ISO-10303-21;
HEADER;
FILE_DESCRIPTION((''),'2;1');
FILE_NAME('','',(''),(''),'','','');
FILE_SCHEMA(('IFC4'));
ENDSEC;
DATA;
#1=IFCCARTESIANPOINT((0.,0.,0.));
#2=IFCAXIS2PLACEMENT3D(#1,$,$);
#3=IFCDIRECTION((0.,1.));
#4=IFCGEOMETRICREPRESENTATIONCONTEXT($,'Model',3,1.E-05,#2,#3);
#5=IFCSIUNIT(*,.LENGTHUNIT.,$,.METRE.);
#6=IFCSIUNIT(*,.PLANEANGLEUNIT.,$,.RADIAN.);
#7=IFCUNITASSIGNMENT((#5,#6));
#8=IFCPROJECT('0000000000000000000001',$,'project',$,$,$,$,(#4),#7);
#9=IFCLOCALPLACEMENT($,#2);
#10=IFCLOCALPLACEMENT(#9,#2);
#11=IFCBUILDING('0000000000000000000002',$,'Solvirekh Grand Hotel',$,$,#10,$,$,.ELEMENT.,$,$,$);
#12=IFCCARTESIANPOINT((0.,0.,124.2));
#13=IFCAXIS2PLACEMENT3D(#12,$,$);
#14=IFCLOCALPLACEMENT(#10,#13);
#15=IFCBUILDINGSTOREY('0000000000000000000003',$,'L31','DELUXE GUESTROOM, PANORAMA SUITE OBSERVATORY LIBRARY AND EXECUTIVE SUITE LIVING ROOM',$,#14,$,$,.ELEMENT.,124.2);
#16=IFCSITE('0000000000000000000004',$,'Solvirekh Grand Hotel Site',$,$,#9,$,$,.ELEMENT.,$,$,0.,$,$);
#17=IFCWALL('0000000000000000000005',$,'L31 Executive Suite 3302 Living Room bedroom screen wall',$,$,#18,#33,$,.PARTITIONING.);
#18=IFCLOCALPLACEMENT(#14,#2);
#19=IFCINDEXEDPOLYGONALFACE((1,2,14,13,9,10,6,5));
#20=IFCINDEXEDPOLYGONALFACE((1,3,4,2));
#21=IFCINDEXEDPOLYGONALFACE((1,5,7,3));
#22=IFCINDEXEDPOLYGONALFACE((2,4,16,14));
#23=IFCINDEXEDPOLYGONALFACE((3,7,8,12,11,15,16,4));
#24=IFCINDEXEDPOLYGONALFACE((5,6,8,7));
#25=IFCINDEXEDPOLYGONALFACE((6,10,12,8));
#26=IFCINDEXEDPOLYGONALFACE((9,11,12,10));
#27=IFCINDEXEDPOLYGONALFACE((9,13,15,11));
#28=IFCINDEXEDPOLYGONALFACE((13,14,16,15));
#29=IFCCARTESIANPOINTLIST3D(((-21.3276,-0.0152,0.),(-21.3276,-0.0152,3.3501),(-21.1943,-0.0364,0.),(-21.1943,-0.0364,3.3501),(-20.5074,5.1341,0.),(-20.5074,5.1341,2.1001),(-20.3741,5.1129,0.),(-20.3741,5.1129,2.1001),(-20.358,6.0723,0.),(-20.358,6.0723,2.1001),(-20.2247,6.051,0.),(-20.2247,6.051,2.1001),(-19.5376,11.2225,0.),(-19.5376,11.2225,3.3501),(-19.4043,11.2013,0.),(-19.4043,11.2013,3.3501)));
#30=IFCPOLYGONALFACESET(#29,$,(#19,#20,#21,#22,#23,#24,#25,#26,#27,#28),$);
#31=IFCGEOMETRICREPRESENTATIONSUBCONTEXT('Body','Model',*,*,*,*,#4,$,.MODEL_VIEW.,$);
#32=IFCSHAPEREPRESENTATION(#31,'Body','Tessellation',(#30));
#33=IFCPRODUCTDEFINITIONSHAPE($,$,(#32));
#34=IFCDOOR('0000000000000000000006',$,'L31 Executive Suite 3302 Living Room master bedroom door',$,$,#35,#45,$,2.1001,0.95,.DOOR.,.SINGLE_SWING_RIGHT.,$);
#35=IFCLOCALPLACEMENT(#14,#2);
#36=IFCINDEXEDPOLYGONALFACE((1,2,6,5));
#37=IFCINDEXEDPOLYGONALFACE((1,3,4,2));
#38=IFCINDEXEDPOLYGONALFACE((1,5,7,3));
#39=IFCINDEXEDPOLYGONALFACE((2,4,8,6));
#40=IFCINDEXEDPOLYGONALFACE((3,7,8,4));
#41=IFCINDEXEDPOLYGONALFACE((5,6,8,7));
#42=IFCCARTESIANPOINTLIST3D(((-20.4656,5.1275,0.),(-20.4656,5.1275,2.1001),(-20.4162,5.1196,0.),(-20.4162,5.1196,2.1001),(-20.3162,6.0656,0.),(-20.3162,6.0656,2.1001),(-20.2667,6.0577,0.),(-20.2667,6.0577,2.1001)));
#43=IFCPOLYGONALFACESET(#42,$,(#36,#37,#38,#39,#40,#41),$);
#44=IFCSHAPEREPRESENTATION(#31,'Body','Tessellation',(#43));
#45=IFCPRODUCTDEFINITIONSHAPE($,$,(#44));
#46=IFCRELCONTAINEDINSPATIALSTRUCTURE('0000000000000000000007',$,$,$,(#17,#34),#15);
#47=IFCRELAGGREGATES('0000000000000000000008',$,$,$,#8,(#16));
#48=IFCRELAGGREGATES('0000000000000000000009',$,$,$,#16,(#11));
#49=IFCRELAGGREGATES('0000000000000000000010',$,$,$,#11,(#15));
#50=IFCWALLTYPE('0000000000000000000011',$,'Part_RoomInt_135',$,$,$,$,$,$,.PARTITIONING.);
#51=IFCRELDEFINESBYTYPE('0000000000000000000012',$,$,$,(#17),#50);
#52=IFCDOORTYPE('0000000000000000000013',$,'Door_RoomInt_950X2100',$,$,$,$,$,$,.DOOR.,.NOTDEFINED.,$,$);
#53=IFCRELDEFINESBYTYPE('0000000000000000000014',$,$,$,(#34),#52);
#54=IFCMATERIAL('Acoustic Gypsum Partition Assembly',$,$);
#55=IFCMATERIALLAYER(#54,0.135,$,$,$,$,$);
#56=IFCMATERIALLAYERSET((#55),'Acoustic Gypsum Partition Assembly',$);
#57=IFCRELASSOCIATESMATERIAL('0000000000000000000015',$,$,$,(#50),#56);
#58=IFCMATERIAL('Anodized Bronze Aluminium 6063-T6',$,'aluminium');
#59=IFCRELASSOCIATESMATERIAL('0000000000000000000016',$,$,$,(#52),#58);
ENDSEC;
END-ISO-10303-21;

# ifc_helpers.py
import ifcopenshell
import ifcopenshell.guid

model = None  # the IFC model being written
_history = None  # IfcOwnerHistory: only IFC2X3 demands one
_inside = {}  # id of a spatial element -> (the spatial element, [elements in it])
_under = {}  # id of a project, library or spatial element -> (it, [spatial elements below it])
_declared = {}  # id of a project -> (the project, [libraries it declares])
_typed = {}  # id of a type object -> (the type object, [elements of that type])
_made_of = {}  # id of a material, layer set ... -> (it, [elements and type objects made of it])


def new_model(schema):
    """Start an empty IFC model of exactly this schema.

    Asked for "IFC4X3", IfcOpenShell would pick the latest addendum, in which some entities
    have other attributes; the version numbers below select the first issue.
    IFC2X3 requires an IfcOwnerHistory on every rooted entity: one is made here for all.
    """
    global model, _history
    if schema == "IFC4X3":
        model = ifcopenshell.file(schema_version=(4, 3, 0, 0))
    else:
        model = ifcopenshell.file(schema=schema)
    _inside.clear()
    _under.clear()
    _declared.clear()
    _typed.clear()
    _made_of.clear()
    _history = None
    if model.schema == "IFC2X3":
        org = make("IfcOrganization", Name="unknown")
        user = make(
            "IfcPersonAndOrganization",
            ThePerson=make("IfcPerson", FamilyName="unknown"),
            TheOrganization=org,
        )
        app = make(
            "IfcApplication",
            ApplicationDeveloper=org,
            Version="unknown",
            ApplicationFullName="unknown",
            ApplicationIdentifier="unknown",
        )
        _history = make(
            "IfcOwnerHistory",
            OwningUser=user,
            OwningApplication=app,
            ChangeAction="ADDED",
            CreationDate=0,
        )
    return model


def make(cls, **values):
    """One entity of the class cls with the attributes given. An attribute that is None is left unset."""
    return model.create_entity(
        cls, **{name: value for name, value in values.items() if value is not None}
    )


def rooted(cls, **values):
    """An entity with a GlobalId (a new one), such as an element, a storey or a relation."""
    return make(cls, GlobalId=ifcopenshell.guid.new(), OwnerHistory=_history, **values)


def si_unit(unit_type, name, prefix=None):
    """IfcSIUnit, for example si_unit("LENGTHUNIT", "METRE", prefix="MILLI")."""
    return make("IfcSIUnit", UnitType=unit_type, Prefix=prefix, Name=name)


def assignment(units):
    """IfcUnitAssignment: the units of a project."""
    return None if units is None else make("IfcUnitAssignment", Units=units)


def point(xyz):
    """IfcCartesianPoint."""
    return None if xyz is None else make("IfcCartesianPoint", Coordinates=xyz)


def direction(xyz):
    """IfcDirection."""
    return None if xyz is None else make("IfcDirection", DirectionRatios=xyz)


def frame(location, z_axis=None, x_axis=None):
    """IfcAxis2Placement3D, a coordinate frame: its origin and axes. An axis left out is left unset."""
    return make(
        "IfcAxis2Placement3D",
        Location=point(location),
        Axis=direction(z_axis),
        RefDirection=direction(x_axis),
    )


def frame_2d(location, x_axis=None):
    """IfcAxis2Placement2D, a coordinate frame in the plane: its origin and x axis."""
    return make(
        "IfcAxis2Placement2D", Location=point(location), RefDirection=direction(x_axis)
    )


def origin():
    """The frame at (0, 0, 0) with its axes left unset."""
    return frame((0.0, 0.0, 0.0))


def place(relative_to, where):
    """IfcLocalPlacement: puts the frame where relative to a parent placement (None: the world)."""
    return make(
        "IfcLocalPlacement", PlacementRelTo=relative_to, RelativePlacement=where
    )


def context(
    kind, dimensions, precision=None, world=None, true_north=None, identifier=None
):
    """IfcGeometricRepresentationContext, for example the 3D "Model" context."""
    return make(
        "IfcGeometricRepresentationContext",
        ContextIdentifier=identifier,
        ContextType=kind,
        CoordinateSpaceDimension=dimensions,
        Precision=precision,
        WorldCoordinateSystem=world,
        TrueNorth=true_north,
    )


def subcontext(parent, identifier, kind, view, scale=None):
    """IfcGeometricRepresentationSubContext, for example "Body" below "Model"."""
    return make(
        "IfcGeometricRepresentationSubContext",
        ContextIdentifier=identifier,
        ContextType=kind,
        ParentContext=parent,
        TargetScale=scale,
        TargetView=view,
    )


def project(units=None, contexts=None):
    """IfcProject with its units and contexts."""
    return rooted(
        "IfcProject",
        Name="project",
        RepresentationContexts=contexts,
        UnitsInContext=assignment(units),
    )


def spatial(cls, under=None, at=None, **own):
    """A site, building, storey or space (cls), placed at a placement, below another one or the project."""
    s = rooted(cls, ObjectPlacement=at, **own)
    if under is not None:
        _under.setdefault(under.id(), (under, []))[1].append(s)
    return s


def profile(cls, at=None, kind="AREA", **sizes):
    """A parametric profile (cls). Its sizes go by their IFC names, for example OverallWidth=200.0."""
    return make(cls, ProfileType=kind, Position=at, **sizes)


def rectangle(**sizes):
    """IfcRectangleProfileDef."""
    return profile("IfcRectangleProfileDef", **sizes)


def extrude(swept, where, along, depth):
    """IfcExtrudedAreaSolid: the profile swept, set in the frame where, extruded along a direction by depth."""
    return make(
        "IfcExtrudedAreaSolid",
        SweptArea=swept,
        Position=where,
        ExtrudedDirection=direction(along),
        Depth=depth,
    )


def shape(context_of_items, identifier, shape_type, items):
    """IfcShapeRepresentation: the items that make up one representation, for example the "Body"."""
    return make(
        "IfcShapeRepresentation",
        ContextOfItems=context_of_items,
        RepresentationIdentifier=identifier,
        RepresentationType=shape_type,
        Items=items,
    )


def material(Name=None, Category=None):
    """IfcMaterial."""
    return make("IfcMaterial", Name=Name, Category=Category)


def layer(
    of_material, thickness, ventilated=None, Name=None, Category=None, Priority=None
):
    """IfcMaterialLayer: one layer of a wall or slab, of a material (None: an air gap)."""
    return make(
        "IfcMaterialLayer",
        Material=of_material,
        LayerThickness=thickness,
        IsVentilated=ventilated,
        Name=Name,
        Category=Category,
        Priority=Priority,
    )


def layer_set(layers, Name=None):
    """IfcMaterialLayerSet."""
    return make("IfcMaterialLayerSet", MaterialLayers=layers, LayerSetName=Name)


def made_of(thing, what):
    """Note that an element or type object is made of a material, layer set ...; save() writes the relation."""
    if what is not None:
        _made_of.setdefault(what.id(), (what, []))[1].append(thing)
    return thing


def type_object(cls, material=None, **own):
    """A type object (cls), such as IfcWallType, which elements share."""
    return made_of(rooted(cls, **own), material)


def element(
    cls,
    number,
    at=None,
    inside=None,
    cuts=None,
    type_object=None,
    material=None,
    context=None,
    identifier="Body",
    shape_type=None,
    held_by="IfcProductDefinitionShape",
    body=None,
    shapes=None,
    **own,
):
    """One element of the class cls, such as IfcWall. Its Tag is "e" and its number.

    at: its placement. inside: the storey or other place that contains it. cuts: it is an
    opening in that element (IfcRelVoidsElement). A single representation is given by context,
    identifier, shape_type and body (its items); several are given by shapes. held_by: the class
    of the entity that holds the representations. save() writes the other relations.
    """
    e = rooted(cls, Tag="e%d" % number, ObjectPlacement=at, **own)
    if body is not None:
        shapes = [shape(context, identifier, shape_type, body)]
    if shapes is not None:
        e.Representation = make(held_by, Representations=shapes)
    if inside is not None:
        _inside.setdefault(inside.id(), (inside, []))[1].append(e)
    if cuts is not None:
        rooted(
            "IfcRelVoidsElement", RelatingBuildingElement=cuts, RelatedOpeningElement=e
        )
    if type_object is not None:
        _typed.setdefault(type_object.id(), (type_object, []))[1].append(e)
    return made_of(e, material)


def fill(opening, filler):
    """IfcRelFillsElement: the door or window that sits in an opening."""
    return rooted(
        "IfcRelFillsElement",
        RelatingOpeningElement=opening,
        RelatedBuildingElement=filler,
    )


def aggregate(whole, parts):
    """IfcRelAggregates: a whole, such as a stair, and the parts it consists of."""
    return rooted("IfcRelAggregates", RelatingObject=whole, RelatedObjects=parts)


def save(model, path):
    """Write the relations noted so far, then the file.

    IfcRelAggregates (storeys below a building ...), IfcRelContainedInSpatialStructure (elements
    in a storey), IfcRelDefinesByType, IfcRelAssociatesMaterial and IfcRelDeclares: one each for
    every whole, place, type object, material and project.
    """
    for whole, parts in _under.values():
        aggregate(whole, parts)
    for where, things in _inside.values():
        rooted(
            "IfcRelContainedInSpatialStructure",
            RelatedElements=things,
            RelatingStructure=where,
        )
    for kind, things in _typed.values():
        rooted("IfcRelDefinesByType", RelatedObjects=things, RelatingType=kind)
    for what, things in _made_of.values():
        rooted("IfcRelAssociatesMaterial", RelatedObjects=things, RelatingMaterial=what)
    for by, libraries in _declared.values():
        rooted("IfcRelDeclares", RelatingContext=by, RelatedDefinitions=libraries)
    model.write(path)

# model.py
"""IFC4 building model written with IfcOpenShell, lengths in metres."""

from ifc_helpers import new_model, si_unit, direction, frame, frame_2d, origin, place, context, subcontext, project, spatial, rectangle, extrude, material, layer, layer_set, type_object, element, fill, save


model = new_model("IFC4")

# Units and contexts
model_context = context("Model", 3, precision=1e-05, world=origin(), true_north=direction((0.0, 1.0)))
body_context = subcontext(model_context, "Body", "Model", "MODEL_VIEW")
ifc_project = project(units=[si_unit("LENGTHUNIT", "METRE"), si_unit("PLANEANGLEUNIT", "RADIAN")], contexts=[model_context])

# Site, building, storey
site_placement = place(None, origin())
site = spatial("IfcSite", under=ifc_project, at=site_placement, Name="Solvirekh Grand Hotel Site", CompositionType="ELEMENT", RefElevation=0.0)
building_placement = place(site_placement, origin())
building = spatial("IfcBuilding", under=site, at=building_placement, Name="Solvirekh Grand Hotel", CompositionType="ELEMENT")
storey_placement = place(building_placement, frame((0.0, 0.0, 124.2)))
storey = spatial("IfcBuildingStorey", under=building, at=storey_placement, Name="L31", Description="DELUXE GUESTROOM, PANORAMA SUITE OBSERVATORY LIBRARY AND EXECUTIVE SUITE LIVING ROOM", CompositionType="ELEMENT", Elevation=124.2)

# Shared definitions
ifc_material_1 = material(Name="Anodized Bronze Aluminium 6063-T6", Category="aluminium")

# Wall, opening, door
ifc_material_2 = material(Name="Acoustic Gypsum Partition Assembly")
ifc_layer_1 = layer(ifc_material_2, 0.135)
ifc_layer_set_1 = layer_set([ifc_layer_1], Name="Acoustic Gypsum Partition Assembly")
wall_type_1 = type_object("IfcWallType", Name="Part_RoomInt_135", PredefinedType="PARTITIONING", material=ifc_layer_set_1)
wall_1_placement = place(storey_placement, frame((-19.4709, 11.2119, 0.0), z_axis=(0.0, 0.0, 1.0), x_axis=(-0.157304, -0.98755, 0.0)))
wall_1 = element("IfcWall", 1, at=wall_1_placement, inside=storey, type_object=wall_type_1, Name="L31 Executive Suite 3302 Living Room bedroom screen wall", PredefinedType="PARTITIONING", context=body_context, shape_type="SweptSolid", body=[
    extrude(rectangle(XDim=11.3794, YDim=0.135, at=frame_2d((5.6897, 0.0))), origin(), (0.0, 0.0, 1.0), 3.3501),
])
opening_1_placement = place(wall_1_placement, frame((5.2151, 0.0, 0.0)))
opening_1 = element("IfcOpeningElement", 2, at=opening_1_placement, cuts=wall_1, PredefinedType="OPENING", context=body_context, shape_type="SweptSolid", body=[
    extrude(rectangle(XDim=0.95, YDim=2.1001, at=frame_2d((0.4751, 1.05))), frame((0.0, 0.0776, 0.0), z_axis=(0.0, -1.0, 0.0), x_axis=(1.0, 0.0, 0.0)), (0.0, 0.0, 1.0), 0.155),
])
door_type = type_object("IfcDoorType", Name="Door_RoomInt_950X2100", OperationType="NOTDEFINED", PredefinedType="DOOR", material=ifc_material_1)
door_placement = place(opening_1_placement, origin())
door = element("IfcDoor", 3, at=door_placement, inside=storey, type_object=door_type, Name="L31 Executive Suite 3302 Living Room master bedroom door", OperationType="SINGLE_SWING_RIGHT", OverallHeight=2.1001, OverallWidth=0.95, PredefinedType="DOOR", context=body_context, shape_type="SweptSolid", body=[
    extrude(rectangle(XDim=0.95, YDim=2.1001, at=frame_2d((0.4751, 1.05))), frame((0.0, 0.0249, 0.0), z_axis=(0.0, -1.0, 0.0), x_axis=(1.0, 0.0, 0.0)), (0.0, 0.0, 1.0), 0.05),
])
fill(opening_1, door)

save(model, "model.ifc")
